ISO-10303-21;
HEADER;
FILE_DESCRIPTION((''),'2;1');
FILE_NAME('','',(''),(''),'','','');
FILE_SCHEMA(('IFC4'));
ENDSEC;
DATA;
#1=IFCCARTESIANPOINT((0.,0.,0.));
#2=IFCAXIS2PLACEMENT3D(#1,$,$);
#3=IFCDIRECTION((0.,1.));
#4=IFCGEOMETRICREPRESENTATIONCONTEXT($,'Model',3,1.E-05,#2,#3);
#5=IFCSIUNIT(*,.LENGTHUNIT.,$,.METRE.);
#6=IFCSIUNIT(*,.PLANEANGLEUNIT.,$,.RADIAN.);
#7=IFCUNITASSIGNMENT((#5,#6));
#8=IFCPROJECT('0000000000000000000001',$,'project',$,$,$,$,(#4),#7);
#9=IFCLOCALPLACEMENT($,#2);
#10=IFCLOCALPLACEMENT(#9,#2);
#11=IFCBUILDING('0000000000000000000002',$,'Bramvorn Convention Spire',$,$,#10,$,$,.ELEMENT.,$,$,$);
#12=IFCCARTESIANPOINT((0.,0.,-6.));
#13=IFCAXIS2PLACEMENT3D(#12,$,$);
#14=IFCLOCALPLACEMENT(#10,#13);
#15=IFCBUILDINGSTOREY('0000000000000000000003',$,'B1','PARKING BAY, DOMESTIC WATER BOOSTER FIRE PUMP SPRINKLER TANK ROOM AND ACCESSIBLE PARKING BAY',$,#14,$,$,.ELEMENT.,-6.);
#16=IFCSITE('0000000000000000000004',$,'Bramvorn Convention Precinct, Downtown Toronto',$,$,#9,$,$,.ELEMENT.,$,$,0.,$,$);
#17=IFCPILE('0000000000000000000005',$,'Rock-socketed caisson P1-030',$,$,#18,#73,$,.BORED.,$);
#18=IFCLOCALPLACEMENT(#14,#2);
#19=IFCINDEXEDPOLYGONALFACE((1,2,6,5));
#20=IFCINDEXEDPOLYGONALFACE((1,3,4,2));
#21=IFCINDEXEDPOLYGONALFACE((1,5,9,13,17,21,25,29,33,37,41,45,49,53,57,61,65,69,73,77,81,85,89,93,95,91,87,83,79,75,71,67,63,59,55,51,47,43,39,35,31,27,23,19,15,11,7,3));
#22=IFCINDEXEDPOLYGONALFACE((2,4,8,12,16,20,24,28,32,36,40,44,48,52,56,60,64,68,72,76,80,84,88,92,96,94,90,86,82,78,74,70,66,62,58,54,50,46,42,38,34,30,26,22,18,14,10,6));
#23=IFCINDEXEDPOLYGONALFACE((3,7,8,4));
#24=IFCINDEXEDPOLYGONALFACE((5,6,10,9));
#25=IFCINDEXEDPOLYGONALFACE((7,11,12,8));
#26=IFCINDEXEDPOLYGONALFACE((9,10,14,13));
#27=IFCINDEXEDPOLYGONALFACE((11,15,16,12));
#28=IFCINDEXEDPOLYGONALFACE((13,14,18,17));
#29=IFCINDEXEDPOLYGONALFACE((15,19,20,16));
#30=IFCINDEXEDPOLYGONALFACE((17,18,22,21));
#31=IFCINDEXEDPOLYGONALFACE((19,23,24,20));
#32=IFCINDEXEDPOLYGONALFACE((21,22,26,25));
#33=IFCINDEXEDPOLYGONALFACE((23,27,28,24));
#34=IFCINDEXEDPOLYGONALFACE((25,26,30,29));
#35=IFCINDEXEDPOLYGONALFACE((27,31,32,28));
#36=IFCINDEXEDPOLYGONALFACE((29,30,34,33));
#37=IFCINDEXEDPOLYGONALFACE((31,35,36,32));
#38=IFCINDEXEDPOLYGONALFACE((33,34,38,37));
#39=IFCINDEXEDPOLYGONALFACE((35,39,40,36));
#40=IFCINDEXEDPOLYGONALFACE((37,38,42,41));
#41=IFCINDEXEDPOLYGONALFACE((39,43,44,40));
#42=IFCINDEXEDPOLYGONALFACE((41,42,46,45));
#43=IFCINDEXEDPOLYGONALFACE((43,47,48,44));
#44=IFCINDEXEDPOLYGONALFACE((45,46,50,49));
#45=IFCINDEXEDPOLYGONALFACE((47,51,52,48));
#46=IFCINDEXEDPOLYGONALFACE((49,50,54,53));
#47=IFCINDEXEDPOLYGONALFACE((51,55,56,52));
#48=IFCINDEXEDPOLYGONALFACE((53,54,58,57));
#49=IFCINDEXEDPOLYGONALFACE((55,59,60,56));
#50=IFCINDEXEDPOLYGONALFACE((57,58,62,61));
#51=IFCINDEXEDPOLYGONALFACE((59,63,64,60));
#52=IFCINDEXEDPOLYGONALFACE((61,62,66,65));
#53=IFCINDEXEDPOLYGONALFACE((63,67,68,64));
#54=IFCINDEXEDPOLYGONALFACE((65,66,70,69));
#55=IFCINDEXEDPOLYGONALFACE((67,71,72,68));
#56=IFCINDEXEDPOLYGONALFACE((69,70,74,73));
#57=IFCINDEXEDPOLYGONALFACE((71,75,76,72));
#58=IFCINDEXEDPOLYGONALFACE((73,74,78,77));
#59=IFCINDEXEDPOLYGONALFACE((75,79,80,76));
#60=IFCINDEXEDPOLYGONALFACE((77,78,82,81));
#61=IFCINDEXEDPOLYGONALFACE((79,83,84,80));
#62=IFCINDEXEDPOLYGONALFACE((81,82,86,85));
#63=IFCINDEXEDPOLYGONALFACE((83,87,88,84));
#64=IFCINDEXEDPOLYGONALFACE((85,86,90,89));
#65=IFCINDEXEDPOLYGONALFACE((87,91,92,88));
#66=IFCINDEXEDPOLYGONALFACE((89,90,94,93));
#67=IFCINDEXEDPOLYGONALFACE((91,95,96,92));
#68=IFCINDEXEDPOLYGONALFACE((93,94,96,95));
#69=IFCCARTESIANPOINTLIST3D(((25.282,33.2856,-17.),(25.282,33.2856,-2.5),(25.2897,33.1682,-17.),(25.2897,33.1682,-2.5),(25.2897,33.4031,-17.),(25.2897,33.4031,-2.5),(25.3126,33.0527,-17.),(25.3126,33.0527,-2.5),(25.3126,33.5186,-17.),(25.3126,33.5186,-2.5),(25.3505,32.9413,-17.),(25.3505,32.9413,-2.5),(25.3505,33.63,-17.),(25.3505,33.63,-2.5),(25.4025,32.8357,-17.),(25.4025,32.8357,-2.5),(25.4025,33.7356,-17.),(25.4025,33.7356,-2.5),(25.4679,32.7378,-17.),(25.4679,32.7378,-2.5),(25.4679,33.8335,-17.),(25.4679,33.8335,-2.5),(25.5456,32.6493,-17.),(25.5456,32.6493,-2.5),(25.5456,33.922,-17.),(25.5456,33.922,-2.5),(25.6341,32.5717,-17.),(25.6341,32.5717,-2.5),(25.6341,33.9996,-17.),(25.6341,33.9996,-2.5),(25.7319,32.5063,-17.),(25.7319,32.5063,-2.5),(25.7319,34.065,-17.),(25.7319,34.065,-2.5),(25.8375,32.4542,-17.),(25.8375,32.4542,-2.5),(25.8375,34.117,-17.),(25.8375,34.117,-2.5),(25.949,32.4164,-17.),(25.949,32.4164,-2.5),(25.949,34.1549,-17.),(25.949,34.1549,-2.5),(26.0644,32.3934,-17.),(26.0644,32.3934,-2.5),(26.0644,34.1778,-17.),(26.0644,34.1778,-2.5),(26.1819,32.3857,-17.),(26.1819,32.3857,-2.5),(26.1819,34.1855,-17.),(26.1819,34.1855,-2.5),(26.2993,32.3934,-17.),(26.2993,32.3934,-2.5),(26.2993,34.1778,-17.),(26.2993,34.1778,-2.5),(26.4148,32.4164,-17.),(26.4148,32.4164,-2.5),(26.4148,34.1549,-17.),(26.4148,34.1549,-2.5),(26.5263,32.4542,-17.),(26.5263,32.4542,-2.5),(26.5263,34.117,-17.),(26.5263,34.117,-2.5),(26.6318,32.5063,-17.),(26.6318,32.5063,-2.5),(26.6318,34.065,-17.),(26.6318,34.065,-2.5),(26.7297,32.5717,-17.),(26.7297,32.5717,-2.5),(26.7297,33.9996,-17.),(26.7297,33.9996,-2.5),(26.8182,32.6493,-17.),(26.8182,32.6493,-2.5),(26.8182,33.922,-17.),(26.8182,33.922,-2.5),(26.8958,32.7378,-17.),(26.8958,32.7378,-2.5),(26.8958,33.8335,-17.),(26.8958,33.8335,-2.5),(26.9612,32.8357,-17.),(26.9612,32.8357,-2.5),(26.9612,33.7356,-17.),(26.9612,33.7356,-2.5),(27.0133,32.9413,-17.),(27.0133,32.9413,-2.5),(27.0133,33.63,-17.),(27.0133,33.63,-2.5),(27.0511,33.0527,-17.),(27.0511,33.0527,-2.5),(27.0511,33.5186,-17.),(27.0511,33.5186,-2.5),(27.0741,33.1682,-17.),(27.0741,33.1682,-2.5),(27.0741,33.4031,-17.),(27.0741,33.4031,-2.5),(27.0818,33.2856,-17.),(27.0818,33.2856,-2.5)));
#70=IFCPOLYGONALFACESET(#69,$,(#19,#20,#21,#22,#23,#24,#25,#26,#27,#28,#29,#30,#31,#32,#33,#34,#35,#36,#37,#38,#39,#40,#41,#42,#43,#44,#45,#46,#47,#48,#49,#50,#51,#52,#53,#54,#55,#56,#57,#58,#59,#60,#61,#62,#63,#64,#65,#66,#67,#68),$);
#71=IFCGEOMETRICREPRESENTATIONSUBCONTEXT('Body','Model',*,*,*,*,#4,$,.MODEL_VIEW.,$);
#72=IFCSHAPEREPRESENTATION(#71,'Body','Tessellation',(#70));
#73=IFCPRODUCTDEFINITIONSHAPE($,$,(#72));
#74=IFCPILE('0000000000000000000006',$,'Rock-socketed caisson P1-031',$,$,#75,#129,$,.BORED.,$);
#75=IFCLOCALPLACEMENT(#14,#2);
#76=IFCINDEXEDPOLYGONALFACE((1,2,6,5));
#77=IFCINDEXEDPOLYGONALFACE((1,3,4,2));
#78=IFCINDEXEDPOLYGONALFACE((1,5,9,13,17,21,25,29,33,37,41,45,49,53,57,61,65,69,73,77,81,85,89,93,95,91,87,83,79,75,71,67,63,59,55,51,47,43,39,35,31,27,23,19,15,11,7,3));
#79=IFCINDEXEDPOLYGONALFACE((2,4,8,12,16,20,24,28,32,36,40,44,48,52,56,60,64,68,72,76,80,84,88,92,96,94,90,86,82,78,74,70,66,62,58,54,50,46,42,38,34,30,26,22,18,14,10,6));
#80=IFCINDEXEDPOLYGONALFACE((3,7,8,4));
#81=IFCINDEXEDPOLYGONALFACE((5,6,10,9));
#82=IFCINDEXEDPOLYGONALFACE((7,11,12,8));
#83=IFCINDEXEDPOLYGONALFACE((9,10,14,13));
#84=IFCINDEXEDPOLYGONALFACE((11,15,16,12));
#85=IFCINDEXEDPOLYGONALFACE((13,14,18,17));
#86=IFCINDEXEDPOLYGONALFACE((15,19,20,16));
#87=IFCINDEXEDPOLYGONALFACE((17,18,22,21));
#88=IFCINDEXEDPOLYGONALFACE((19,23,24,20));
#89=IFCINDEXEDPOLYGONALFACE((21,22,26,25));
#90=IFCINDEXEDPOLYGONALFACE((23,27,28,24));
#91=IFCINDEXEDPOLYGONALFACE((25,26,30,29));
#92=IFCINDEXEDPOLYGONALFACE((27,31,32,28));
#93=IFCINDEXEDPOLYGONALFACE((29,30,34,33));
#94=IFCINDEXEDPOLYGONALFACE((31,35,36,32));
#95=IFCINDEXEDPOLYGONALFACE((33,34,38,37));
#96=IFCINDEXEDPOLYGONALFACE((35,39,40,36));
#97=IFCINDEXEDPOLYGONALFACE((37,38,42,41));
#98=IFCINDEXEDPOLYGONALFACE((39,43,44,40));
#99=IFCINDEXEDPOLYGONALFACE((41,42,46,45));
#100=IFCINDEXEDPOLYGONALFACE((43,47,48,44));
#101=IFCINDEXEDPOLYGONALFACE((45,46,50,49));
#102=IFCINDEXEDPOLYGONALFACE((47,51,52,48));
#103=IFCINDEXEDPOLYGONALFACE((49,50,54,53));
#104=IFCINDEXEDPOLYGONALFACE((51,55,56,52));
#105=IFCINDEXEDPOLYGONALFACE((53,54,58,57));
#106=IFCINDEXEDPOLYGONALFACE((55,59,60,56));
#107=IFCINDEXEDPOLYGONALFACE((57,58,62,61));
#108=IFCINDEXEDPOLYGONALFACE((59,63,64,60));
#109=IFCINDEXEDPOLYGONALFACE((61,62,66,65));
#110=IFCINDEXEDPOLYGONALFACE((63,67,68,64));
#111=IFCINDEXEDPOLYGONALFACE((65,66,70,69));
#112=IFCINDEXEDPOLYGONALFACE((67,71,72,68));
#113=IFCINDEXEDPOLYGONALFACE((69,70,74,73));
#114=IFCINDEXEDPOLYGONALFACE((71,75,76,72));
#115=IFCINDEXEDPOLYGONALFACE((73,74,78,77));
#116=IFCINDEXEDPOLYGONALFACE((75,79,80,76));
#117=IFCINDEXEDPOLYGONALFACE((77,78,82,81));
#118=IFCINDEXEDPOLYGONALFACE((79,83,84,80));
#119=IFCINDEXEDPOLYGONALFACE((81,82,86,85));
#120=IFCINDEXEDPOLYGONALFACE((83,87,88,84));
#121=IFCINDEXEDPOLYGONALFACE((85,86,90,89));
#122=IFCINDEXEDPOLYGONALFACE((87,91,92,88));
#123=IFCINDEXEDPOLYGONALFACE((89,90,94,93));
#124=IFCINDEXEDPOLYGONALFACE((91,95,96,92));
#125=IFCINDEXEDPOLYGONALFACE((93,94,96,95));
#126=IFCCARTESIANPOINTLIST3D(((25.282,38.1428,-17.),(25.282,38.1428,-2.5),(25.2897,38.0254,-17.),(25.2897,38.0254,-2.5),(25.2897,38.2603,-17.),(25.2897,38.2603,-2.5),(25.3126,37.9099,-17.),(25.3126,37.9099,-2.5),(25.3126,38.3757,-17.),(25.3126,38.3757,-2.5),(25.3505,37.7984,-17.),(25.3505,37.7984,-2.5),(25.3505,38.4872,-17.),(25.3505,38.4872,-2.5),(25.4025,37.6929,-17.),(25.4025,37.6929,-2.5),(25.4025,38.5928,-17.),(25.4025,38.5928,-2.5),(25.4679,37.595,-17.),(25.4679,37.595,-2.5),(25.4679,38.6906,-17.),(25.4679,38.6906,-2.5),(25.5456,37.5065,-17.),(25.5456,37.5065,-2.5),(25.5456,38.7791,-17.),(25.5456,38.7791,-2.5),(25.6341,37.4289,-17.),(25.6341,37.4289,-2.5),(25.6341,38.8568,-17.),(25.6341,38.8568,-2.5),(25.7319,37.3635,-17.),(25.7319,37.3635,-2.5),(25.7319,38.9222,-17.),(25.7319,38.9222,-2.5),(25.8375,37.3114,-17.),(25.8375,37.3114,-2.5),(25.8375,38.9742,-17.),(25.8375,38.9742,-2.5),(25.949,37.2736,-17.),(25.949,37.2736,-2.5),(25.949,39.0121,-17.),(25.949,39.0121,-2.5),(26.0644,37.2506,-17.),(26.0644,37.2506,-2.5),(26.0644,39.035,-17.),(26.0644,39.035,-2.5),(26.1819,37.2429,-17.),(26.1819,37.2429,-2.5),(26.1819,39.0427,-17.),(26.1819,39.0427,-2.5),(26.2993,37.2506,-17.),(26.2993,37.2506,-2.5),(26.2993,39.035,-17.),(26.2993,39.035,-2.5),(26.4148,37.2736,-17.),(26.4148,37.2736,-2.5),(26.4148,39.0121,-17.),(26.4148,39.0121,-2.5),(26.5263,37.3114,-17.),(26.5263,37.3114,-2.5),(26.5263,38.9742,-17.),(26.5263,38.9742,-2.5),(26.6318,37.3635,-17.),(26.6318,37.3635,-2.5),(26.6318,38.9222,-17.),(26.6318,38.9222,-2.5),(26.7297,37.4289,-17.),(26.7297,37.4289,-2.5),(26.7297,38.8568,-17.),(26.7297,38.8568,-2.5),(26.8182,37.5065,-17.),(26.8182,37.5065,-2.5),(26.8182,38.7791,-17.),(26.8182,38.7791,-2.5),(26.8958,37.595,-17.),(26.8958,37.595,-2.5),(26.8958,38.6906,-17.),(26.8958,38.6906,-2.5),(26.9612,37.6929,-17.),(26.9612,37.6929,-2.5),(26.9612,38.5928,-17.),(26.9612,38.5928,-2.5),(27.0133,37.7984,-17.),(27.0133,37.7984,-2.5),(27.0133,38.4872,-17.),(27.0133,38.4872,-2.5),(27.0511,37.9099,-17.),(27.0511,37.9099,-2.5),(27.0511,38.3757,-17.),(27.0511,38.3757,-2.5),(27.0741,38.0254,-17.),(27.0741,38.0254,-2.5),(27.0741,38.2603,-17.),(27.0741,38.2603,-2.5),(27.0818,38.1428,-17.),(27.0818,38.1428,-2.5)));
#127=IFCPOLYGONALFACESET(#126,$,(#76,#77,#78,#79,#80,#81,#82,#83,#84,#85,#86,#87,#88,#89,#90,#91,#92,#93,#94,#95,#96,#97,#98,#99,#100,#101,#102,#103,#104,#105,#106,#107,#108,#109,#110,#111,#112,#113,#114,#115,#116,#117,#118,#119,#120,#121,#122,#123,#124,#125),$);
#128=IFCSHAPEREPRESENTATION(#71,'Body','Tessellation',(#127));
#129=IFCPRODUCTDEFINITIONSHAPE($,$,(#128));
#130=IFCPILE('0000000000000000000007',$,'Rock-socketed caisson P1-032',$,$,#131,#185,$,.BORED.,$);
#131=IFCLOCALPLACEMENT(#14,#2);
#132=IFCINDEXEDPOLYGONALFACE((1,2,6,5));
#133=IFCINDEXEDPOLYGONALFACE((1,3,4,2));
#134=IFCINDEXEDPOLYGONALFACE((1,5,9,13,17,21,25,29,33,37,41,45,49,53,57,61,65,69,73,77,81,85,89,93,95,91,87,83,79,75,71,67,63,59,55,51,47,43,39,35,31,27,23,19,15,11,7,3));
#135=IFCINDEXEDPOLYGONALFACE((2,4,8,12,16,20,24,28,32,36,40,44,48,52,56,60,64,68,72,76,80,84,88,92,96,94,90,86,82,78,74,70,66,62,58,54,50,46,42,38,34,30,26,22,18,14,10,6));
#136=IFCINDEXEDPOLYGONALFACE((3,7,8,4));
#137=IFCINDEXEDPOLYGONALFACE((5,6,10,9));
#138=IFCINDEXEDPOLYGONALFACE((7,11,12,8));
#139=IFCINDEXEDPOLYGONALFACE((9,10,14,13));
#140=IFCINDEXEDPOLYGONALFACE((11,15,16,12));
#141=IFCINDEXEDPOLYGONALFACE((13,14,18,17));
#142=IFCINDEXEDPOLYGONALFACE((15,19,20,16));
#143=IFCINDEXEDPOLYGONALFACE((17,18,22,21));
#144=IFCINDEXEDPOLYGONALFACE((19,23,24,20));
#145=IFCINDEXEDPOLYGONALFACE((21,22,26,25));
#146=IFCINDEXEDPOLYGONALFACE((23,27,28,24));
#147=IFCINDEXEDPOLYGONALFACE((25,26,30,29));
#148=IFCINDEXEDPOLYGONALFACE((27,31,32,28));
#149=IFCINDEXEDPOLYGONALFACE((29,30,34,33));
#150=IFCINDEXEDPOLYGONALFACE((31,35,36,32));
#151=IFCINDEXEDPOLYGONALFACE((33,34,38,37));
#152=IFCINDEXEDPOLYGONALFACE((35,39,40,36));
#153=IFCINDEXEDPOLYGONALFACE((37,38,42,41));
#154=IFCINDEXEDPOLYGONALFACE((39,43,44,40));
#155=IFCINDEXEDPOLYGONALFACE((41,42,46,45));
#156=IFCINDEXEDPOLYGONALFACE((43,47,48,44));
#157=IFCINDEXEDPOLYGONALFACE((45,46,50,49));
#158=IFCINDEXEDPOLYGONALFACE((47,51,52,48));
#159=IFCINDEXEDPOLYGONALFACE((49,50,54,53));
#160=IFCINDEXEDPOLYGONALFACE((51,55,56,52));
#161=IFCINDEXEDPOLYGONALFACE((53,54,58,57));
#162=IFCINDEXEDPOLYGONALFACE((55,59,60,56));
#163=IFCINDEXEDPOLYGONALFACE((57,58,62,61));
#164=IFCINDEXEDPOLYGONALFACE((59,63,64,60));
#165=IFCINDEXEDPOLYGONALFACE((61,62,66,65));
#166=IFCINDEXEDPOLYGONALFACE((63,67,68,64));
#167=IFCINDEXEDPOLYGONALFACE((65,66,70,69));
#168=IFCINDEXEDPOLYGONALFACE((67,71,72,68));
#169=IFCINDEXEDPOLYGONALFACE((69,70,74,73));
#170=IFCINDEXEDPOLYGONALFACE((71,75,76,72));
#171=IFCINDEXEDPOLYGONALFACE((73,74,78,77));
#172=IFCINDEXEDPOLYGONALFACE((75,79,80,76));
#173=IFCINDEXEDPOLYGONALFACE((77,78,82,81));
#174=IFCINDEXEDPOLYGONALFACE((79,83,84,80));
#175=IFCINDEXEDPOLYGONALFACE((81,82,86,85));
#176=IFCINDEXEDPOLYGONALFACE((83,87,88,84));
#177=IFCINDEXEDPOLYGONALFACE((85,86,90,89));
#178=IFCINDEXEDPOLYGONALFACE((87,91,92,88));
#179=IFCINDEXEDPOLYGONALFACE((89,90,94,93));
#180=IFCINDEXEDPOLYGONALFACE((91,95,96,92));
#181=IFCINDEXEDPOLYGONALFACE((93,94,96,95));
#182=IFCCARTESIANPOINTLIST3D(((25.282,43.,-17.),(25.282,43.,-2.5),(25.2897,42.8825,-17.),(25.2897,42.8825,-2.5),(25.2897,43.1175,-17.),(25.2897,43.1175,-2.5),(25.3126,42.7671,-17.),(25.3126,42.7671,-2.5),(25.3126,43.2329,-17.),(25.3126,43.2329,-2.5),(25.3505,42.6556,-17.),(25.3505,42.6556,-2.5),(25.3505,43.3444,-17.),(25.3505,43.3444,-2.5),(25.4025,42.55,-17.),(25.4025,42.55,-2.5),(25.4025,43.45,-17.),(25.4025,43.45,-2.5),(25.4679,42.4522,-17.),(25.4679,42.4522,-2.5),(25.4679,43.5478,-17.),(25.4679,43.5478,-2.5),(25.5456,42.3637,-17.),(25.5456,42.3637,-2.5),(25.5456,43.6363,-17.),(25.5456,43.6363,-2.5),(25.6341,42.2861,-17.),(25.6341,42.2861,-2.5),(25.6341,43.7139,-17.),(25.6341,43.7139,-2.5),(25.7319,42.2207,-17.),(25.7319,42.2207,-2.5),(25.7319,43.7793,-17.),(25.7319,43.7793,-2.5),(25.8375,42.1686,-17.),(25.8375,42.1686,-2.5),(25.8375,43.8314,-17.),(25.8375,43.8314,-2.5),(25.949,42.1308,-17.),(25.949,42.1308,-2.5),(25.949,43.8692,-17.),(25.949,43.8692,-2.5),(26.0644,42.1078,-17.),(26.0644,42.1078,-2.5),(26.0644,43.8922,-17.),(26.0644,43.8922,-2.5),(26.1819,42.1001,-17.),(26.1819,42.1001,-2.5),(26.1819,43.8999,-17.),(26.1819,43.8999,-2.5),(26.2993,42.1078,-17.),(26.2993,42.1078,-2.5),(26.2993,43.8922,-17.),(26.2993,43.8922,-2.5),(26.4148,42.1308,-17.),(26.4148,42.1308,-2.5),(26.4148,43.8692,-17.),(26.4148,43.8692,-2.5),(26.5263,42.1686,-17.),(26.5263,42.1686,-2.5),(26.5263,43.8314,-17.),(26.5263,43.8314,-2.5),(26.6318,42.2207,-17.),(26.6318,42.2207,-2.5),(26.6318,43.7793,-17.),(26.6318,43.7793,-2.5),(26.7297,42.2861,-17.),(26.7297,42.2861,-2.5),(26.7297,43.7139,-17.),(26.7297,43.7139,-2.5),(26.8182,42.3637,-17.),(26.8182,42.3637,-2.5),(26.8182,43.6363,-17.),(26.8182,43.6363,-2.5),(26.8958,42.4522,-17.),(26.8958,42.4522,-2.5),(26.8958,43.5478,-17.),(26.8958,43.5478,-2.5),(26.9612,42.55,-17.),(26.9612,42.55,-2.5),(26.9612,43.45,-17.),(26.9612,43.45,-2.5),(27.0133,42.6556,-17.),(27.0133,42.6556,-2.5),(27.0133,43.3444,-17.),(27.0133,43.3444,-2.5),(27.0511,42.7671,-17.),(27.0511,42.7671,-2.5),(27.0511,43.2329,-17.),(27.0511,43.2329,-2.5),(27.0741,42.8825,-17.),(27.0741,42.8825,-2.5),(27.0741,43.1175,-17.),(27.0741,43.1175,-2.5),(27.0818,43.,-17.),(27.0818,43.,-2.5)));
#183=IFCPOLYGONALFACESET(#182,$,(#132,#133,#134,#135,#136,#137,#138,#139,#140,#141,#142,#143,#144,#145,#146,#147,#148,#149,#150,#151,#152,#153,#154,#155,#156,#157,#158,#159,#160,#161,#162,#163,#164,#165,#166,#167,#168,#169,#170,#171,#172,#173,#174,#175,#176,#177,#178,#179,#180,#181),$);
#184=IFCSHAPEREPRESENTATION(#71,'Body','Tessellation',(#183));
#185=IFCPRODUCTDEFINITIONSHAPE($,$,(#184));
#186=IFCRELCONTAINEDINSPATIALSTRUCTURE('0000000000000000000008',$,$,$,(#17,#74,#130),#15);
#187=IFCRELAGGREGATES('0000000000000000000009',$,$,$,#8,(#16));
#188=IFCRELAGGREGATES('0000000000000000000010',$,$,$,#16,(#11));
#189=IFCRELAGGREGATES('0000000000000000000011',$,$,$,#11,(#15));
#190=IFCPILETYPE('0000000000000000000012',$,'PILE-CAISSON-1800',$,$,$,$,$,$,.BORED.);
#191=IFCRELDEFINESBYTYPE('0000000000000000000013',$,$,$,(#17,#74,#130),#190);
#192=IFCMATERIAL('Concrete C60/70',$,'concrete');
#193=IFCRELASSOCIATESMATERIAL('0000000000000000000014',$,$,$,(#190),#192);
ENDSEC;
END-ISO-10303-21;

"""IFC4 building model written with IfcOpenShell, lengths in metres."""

from ifc_helpers import new_model, si_unit, direction, frame, origin, origin_2d, place, context, subcontext, project, spatial, circle, extrude, material, material_profile, profile_set, type_object, element, save


model = new_model("IFC4")

# Units and contexts
model_context = context("Model", 3, precision=1e-05, world=origin(), true_north=direction((0.0, 1.0)))
body_context = subcontext(model_context, "Body", "Model", "MODEL_VIEW")
ifc_project = project(units=[si_unit("LENGTHUNIT", "METRE"), si_unit("PLANEANGLEUNIT", "RADIAN")], contexts=[model_context])

# Site, building, storey
site_placement = place(None, origin())
site = spatial("IfcSite", under=ifc_project, at=site_placement, Name="Bramvorn Convention Precinct, Downtown Toronto", CompositionType="ELEMENT", RefElevation=0.0)
building_placement = place(site_placement, origin())
building = spatial("IfcBuilding", under=site, at=building_placement, Name="Bramvorn Convention Spire", CompositionType="ELEMENT")
storey_placement = place(building_placement, frame((0.0, 0.0, -6.0)))
storey = spatial("IfcBuildingStorey", under=building, at=storey_placement, Name="B1", Description="PARKING BAY, DOMESTIC WATER BOOSTER FIRE PUMP SPRINKLER TANK ROOM AND ACCESSIBLE PARKING BAY", CompositionType="ELEMENT", Elevation=-6.0)

# Piles
ifc_material_1 = material(Name="Concrete C60/70", Category="concrete")
ifc_material_profile_1 = material_profile(ifc_material_1, circle(Radius=0.8999, at=origin_2d()))
ifc_profile_set_1 = profile_set([ifc_material_profile_1], Name="Concrete C60/70 - CAISSON1800")
pile_type = type_object("IfcPileType", Name="PILE-CAISSON-1800", PredefinedType="BORED", material=ifc_profile_set_1)
for number, where, z_axis, x_axis, name in (
    (1, (26.1819, 33.2856, -2.5), (0.0, 0.0, -1.0), (1.0, 0.0, 0.0), "Rock-socketed caisson P1-030"),
    (2, (26.1819, 38.1428, -2.5), (0.0, 0.0, -1.0), (1.0, 0.0, 0.0), "Rock-socketed caisson P1-031"),
    (3, (26.1819, 43.0, -2.5), (0.0, 0.0, -1.0), (1.0, 0.0, 0.0), "Rock-socketed caisson P1-032"),
):
    element("IfcPile", number, at=place(storey_placement, frame(where, z_axis=z_axis, x_axis=x_axis)), inside=storey, type_object=pile_type, Name=name, PredefinedType="BORED", context=body_context, shape_type="SweptSolid", body=[
        extrude(circle(Radius=0.8999, at=origin_2d()), origin(), (0.0, 0.0, 1.0), 14.5),
    ])

save(model, "model.ifc")
